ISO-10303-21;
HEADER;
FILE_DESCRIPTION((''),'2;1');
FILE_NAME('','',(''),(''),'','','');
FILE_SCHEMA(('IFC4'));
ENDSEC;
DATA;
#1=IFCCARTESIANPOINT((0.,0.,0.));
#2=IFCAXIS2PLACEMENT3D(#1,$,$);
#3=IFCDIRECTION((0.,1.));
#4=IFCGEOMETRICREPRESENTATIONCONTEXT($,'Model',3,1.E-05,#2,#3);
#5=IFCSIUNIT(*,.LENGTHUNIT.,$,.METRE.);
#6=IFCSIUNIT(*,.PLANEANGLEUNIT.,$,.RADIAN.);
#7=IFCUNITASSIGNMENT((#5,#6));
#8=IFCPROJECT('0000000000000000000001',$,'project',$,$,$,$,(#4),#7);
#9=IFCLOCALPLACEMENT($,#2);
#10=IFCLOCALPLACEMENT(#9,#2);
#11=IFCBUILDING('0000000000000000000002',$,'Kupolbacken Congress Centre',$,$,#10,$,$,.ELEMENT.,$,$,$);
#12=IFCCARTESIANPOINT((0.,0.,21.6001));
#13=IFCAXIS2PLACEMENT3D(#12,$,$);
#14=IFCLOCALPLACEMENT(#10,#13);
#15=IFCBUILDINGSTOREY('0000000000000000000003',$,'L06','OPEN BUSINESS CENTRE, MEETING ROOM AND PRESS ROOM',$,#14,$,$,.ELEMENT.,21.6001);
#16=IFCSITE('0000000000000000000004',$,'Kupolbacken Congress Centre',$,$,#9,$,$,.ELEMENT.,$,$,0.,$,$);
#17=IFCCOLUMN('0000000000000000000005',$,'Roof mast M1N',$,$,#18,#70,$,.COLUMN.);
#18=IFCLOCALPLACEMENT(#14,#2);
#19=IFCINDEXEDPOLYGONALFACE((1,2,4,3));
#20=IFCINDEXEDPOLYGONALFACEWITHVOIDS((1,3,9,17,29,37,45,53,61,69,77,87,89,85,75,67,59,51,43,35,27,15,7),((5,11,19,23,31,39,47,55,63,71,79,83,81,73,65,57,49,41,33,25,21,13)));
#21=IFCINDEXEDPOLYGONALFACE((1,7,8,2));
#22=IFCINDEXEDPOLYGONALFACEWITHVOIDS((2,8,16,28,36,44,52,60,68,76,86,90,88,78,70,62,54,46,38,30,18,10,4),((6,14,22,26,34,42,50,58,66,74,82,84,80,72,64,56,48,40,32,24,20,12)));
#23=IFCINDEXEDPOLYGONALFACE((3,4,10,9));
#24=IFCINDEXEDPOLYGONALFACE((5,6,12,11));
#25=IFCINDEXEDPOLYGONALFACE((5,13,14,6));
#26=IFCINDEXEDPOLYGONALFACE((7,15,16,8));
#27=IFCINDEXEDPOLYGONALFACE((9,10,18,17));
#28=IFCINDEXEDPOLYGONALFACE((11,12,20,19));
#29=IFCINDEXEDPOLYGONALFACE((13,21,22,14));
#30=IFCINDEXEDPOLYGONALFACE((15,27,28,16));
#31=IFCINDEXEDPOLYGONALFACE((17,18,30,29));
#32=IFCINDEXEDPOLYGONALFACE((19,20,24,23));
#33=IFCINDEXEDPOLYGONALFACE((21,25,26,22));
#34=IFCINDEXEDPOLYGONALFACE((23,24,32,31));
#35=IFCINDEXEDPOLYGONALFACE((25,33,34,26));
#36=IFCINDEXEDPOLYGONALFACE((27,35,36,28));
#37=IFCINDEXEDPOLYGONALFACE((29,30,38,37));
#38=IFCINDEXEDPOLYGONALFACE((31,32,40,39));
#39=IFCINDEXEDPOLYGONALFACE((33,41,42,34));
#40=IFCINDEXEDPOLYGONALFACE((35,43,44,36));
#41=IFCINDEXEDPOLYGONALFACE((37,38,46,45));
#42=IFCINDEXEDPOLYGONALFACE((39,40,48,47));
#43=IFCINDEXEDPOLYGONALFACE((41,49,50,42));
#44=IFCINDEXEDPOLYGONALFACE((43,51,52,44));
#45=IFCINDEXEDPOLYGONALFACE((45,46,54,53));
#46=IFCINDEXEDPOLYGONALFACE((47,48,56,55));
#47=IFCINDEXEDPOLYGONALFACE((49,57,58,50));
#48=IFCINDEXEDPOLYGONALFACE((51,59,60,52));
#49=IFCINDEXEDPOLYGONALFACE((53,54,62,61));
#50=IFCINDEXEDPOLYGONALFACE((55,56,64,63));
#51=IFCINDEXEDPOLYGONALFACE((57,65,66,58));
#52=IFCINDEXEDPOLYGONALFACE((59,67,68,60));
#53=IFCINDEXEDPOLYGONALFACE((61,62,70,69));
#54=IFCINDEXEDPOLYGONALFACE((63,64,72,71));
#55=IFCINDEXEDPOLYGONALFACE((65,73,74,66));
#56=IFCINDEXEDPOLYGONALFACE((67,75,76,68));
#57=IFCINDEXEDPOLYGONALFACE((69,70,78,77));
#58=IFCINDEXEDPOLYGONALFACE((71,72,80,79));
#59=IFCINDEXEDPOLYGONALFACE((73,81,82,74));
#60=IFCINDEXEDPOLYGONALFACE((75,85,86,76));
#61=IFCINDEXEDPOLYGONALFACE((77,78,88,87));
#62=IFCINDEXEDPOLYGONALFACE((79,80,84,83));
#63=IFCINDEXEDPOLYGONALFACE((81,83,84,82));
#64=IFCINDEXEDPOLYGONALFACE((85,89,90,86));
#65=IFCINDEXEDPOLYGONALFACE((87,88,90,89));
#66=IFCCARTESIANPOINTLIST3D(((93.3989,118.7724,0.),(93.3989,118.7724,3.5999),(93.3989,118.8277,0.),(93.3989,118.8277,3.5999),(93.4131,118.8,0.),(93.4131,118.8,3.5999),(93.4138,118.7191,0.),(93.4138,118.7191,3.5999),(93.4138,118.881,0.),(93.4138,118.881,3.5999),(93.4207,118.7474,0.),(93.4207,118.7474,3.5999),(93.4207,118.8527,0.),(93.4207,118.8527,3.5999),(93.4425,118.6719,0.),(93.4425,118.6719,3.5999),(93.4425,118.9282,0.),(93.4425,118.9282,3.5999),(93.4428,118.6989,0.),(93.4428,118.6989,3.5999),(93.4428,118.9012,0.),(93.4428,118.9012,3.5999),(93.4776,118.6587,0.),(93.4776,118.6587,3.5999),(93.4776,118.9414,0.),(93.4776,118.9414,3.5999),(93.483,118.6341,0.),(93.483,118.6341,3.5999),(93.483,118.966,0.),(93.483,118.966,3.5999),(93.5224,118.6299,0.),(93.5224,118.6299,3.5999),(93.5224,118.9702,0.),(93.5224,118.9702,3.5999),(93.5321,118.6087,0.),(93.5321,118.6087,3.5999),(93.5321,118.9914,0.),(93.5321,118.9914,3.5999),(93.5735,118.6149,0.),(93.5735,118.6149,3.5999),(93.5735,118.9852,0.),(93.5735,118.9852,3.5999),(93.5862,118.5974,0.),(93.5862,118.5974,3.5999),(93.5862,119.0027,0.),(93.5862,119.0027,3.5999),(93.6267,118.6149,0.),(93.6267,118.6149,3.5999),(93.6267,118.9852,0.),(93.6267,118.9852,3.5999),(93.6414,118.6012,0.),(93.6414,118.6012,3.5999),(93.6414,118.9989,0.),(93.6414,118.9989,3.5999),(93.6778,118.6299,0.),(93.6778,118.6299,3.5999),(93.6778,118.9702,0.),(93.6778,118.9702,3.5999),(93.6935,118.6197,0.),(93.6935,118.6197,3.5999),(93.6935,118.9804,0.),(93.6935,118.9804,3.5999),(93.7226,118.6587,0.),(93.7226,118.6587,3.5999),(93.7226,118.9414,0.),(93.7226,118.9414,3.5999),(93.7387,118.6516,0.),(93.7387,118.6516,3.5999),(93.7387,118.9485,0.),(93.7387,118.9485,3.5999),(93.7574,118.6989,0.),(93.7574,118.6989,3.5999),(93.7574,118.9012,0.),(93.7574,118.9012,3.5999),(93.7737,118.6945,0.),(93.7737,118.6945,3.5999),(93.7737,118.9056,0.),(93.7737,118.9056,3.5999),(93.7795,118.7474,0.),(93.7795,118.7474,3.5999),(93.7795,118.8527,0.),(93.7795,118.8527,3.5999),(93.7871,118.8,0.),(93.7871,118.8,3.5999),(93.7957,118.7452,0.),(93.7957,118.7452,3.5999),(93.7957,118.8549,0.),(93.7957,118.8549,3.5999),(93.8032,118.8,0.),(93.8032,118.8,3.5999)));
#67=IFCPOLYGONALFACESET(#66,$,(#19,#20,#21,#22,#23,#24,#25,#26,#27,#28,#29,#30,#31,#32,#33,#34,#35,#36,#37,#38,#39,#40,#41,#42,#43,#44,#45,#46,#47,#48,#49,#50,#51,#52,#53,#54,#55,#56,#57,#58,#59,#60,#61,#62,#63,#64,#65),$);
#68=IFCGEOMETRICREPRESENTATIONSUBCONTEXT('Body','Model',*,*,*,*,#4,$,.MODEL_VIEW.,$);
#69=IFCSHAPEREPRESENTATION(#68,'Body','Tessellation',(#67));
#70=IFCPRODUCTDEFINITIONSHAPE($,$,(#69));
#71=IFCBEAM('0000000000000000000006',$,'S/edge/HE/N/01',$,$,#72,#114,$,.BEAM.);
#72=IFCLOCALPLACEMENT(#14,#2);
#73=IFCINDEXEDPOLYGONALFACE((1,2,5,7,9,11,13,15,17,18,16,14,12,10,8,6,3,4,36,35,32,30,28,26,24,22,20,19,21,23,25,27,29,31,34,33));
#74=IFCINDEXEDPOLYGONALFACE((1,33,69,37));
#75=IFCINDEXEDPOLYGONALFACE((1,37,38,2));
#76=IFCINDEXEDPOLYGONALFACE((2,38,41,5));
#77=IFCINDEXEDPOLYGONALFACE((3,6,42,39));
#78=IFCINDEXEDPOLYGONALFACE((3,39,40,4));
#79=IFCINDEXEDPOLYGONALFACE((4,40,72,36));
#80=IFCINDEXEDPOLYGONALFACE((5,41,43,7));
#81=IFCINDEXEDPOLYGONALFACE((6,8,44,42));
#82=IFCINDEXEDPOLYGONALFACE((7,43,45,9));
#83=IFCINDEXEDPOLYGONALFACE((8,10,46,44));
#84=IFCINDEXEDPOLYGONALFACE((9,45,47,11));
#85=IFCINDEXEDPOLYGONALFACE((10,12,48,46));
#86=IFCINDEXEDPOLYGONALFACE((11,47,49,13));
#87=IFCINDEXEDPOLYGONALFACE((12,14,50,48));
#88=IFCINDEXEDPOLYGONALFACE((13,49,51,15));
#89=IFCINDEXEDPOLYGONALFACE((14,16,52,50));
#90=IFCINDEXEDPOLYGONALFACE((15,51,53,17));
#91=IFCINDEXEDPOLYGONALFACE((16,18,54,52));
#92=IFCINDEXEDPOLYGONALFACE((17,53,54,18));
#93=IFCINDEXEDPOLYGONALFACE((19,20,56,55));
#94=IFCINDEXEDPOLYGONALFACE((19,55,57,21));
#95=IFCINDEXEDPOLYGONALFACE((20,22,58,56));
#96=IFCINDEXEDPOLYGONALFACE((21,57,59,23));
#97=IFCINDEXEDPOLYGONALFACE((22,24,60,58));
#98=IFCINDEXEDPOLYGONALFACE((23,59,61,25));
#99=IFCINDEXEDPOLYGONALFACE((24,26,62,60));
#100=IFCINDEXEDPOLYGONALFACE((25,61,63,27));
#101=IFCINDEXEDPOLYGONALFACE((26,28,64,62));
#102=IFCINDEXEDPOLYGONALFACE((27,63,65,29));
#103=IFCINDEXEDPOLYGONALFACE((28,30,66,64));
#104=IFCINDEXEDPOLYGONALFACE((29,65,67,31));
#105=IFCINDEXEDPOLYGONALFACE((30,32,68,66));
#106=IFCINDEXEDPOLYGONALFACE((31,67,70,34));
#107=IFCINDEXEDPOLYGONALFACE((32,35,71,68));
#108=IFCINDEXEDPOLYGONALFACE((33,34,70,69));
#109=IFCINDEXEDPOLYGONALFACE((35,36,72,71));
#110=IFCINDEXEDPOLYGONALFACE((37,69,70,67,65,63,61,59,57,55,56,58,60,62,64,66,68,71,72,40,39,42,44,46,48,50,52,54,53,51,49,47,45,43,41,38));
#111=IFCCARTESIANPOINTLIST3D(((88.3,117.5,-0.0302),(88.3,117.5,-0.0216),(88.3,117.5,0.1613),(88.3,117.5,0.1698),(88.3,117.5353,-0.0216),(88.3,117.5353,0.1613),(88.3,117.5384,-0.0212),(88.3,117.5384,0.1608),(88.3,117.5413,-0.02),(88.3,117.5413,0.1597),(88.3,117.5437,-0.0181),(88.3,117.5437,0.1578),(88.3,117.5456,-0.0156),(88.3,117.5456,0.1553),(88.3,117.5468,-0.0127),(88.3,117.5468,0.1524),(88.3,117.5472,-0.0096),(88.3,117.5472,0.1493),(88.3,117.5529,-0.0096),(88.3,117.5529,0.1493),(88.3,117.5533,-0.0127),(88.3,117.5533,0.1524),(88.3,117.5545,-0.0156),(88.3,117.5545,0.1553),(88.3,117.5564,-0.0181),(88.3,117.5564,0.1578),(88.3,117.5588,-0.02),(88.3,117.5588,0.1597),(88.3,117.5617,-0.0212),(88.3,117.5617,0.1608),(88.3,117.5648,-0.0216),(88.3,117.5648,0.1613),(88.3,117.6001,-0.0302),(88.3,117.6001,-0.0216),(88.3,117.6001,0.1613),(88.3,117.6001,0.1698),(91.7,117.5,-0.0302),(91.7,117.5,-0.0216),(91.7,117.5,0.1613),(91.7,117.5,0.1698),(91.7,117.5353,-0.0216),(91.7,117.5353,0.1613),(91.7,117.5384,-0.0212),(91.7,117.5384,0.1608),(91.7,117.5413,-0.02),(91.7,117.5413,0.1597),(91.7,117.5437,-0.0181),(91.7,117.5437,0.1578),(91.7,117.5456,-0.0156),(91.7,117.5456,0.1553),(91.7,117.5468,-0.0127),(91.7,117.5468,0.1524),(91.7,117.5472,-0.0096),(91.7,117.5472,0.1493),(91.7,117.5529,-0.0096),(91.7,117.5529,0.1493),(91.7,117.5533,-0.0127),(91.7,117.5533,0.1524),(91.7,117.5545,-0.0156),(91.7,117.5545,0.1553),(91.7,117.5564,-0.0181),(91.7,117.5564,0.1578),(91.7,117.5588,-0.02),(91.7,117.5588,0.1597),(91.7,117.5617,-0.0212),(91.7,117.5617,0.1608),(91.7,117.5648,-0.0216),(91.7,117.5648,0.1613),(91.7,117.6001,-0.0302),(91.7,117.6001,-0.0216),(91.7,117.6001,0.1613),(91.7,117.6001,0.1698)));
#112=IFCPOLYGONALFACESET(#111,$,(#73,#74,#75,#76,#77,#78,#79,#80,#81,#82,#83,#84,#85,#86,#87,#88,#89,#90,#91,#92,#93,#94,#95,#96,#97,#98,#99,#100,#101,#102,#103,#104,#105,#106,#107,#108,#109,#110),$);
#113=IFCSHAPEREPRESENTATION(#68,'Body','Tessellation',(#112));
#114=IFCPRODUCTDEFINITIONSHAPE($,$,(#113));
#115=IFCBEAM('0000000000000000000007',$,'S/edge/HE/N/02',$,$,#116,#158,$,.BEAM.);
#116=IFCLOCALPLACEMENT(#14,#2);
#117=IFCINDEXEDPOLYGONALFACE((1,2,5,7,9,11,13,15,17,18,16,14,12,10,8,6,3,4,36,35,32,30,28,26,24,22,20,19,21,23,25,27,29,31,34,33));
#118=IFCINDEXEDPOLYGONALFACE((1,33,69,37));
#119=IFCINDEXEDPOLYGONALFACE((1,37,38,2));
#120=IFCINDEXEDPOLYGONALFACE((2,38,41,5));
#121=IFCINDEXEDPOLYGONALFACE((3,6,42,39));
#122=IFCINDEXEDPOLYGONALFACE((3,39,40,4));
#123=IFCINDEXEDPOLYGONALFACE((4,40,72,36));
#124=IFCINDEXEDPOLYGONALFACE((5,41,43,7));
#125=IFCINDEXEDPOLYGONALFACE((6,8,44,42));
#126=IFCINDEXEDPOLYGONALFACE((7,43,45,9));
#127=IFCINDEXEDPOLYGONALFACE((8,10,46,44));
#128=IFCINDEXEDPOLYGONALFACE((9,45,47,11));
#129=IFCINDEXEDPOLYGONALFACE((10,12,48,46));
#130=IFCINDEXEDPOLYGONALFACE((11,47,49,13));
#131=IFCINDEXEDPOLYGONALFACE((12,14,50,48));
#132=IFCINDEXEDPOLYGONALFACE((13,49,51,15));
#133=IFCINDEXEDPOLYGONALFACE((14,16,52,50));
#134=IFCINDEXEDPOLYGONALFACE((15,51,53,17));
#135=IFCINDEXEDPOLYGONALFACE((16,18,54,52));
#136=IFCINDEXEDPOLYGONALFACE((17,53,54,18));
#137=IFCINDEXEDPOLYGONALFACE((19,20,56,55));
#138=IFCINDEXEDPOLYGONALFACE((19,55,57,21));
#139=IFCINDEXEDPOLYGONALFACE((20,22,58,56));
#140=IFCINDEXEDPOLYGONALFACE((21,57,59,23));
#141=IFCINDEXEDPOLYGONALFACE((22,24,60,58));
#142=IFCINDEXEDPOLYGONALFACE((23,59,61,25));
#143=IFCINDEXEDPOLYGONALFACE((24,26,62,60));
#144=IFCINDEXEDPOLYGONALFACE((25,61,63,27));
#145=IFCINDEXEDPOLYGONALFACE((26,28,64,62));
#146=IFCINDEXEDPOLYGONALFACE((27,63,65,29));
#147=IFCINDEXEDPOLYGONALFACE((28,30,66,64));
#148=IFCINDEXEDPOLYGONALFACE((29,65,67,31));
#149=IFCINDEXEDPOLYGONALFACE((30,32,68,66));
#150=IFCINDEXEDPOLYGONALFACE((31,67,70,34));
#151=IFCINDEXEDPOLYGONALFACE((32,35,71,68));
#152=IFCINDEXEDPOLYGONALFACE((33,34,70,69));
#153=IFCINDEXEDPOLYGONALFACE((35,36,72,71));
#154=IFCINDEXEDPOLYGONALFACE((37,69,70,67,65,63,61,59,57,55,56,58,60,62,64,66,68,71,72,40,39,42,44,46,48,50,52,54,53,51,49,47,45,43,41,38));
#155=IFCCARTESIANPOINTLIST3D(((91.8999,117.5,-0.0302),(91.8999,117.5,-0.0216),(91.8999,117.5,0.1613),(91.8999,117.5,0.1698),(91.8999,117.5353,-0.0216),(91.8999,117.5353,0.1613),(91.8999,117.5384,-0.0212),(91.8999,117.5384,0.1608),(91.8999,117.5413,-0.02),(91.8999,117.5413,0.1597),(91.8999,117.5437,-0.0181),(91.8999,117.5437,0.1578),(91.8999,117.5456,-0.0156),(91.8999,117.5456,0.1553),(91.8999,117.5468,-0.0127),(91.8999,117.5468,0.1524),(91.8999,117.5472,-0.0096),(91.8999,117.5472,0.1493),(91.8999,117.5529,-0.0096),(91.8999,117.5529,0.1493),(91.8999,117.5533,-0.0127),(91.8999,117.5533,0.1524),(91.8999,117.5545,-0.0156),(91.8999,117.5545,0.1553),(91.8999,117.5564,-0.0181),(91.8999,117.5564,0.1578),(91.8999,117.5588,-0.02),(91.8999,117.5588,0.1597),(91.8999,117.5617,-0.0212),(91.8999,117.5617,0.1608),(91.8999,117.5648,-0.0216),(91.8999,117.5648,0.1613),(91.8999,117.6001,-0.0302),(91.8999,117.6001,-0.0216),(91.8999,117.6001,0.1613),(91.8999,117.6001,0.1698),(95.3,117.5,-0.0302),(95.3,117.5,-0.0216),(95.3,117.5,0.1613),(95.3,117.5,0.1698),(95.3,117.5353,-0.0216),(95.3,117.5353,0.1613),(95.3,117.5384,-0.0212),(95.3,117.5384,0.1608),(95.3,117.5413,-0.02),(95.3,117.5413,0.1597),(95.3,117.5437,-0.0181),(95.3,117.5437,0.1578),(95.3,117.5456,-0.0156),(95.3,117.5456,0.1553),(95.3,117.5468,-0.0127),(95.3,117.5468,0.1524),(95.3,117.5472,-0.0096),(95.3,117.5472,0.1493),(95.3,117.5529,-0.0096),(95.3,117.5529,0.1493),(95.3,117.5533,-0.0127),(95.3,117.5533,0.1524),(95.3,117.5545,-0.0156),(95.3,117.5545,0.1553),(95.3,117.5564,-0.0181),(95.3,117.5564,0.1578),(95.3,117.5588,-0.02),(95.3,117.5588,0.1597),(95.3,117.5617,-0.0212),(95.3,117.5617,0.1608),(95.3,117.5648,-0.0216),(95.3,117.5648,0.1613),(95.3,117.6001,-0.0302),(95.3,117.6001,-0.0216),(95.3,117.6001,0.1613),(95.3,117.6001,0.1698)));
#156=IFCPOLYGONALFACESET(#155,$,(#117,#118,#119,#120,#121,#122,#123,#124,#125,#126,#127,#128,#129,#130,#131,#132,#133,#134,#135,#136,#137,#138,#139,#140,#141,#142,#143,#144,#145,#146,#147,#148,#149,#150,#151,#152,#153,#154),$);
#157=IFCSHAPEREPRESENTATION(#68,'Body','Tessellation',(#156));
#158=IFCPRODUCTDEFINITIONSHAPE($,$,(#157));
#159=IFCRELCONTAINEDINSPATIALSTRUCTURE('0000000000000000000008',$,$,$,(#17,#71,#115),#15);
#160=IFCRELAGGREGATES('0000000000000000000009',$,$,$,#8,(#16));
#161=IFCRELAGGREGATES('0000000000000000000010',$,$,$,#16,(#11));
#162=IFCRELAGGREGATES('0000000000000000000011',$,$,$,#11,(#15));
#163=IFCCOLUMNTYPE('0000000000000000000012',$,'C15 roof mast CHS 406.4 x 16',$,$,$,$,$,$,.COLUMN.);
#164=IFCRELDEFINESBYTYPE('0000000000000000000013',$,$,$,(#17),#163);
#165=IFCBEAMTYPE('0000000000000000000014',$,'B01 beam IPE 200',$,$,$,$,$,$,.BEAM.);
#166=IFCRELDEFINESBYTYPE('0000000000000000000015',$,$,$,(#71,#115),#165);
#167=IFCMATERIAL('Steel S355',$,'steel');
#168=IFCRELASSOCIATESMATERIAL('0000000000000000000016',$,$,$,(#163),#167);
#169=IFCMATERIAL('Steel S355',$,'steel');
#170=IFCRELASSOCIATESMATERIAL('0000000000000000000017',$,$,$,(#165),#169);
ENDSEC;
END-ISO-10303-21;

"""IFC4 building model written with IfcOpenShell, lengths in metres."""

from ifc_helpers import new_model, si_unit, direction, frame, origin, origin_2d, place, context, subcontext, project, spatial, hollow_circle, i_section, extrude, material, material_profile, profile_set, type_object, element, save


model = new_model("IFC4")

# Units and contexts
model_context = context("Model", 3, precision=1e-05, world=origin(), true_north=direction((0.0, 1.0)))
body_context = subcontext(model_context, "Body", "Model", "MODEL_VIEW")
ifc_project = project(units=[si_unit("LENGTHUNIT", "METRE"), si_unit("PLANEANGLEUNIT", "RADIAN")], contexts=[model_context])

# Site, building, storey
site_placement = place(None, origin())
site = spatial("IfcSite", under=ifc_project, at=site_placement, Name="Kupolbacken Congress Centre", CompositionType="ELEMENT", RefElevation=0.0)
building_placement = place(site_placement, origin())
building = spatial("IfcBuilding", under=site, at=building_placement, Name="Kupolbacken Congress Centre", CompositionType="ELEMENT")
storey_placement = place(building_placement, frame((0.0, 0.0, 21.6001)))
storey = spatial("IfcBuildingStorey", under=building, at=storey_placement, Name="L06", Description="OPEN BUSINESS CENTRE, MEETING ROOM AND PRESS ROOM", CompositionType="ELEMENT", Elevation=21.6001)

# Column
ifc_material_1 = material(Name="Steel S355", Category="steel")
ifc_material_profile_1 = material_profile(ifc_material_1, hollow_circle(Radius=0.2031, WallThickness=0.0161, at=origin_2d()), Name="CHS 406.4 x 16")
ifc_profile_set_1 = profile_set([ifc_material_profile_1], Name="Steel S355")
column_type = type_object("IfcColumnType", Name="C15 roof mast CHS 406.4 x 16", PredefinedType="COLUMN", material=ifc_profile_set_1)
column_placement = place(storey_placement, frame((93.6001, 118.8, 0.0), z_axis=(0.0, 0.0, 1.0), x_axis=(1.0, 0.0, 0.0)))
element("IfcColumn", 1, at=column_placement, inside=storey, type_object=column_type, Name="Roof mast M1N", PredefinedType="COLUMN", context=body_context, shape_type="SweptSolid", body=[
    extrude(hollow_circle(Radius=0.2031, WallThickness=0.0161, at=origin_2d()), origin(), (0.0, 0.0, 1.0), 3.5999),
])

# Beams
ifc_material_2 = material(Name="Steel S355", Category="steel")
ifc_material_profile_2 = material_profile(ifc_material_2, i_section(OverallWidth=0.1001, OverallDepth=0.2, WebThickness=0.0056, FlangeThickness=0.0085, FilletRadius=0.012, at=origin_2d()), Name="IPE 200")
ifc_profile_set_2 = profile_set([ifc_material_profile_2], Name="Steel S355")
beam_type_1 = type_object("IfcBeamType", Name="B01 beam IPE 200", PredefinedType="BEAM", material=ifc_profile_set_2)
beam_1_placement = place(storey_placement, frame((88.3, 117.55, 0.0698), z_axis=(1.0, 0.0, 0.0), x_axis=(0.0, 1.0, 0.0)))
element("IfcBeam", 2, at=beam_1_placement, inside=storey, type_object=beam_type_1, Name="S/edge/HE/N/01", PredefinedType="BEAM", context=body_context, shape_type="SweptSolid", body=[
    extrude(i_section(OverallWidth=0.1001, OverallDepth=0.2, WebThickness=0.0056, FlangeThickness=0.0085, FilletRadius=0.012, at=origin_2d()), origin(), (0.0, 0.0, 1.0), 3.3999),
])
beam_2_placement = place(storey_placement, frame((91.8999, 117.55, 0.0698), z_axis=(1.0, 0.0, 0.0), x_axis=(0.0, 1.0, 0.0)))
element("IfcBeam", 3, at=beam_2_placement, inside=storey, type_object=beam_type_1, Name="S/edge/HE/N/02", PredefinedType="BEAM", context=body_context, shape_type="SweptSolid", body=[
    extrude(i_section(OverallWidth=0.1001, OverallDepth=0.2, WebThickness=0.0056, FlangeThickness=0.0085, FilletRadius=0.012, at=origin_2d()), origin(), (0.0, 0.0, 1.0), 3.4001),
])

save(model, "model.ifc")
